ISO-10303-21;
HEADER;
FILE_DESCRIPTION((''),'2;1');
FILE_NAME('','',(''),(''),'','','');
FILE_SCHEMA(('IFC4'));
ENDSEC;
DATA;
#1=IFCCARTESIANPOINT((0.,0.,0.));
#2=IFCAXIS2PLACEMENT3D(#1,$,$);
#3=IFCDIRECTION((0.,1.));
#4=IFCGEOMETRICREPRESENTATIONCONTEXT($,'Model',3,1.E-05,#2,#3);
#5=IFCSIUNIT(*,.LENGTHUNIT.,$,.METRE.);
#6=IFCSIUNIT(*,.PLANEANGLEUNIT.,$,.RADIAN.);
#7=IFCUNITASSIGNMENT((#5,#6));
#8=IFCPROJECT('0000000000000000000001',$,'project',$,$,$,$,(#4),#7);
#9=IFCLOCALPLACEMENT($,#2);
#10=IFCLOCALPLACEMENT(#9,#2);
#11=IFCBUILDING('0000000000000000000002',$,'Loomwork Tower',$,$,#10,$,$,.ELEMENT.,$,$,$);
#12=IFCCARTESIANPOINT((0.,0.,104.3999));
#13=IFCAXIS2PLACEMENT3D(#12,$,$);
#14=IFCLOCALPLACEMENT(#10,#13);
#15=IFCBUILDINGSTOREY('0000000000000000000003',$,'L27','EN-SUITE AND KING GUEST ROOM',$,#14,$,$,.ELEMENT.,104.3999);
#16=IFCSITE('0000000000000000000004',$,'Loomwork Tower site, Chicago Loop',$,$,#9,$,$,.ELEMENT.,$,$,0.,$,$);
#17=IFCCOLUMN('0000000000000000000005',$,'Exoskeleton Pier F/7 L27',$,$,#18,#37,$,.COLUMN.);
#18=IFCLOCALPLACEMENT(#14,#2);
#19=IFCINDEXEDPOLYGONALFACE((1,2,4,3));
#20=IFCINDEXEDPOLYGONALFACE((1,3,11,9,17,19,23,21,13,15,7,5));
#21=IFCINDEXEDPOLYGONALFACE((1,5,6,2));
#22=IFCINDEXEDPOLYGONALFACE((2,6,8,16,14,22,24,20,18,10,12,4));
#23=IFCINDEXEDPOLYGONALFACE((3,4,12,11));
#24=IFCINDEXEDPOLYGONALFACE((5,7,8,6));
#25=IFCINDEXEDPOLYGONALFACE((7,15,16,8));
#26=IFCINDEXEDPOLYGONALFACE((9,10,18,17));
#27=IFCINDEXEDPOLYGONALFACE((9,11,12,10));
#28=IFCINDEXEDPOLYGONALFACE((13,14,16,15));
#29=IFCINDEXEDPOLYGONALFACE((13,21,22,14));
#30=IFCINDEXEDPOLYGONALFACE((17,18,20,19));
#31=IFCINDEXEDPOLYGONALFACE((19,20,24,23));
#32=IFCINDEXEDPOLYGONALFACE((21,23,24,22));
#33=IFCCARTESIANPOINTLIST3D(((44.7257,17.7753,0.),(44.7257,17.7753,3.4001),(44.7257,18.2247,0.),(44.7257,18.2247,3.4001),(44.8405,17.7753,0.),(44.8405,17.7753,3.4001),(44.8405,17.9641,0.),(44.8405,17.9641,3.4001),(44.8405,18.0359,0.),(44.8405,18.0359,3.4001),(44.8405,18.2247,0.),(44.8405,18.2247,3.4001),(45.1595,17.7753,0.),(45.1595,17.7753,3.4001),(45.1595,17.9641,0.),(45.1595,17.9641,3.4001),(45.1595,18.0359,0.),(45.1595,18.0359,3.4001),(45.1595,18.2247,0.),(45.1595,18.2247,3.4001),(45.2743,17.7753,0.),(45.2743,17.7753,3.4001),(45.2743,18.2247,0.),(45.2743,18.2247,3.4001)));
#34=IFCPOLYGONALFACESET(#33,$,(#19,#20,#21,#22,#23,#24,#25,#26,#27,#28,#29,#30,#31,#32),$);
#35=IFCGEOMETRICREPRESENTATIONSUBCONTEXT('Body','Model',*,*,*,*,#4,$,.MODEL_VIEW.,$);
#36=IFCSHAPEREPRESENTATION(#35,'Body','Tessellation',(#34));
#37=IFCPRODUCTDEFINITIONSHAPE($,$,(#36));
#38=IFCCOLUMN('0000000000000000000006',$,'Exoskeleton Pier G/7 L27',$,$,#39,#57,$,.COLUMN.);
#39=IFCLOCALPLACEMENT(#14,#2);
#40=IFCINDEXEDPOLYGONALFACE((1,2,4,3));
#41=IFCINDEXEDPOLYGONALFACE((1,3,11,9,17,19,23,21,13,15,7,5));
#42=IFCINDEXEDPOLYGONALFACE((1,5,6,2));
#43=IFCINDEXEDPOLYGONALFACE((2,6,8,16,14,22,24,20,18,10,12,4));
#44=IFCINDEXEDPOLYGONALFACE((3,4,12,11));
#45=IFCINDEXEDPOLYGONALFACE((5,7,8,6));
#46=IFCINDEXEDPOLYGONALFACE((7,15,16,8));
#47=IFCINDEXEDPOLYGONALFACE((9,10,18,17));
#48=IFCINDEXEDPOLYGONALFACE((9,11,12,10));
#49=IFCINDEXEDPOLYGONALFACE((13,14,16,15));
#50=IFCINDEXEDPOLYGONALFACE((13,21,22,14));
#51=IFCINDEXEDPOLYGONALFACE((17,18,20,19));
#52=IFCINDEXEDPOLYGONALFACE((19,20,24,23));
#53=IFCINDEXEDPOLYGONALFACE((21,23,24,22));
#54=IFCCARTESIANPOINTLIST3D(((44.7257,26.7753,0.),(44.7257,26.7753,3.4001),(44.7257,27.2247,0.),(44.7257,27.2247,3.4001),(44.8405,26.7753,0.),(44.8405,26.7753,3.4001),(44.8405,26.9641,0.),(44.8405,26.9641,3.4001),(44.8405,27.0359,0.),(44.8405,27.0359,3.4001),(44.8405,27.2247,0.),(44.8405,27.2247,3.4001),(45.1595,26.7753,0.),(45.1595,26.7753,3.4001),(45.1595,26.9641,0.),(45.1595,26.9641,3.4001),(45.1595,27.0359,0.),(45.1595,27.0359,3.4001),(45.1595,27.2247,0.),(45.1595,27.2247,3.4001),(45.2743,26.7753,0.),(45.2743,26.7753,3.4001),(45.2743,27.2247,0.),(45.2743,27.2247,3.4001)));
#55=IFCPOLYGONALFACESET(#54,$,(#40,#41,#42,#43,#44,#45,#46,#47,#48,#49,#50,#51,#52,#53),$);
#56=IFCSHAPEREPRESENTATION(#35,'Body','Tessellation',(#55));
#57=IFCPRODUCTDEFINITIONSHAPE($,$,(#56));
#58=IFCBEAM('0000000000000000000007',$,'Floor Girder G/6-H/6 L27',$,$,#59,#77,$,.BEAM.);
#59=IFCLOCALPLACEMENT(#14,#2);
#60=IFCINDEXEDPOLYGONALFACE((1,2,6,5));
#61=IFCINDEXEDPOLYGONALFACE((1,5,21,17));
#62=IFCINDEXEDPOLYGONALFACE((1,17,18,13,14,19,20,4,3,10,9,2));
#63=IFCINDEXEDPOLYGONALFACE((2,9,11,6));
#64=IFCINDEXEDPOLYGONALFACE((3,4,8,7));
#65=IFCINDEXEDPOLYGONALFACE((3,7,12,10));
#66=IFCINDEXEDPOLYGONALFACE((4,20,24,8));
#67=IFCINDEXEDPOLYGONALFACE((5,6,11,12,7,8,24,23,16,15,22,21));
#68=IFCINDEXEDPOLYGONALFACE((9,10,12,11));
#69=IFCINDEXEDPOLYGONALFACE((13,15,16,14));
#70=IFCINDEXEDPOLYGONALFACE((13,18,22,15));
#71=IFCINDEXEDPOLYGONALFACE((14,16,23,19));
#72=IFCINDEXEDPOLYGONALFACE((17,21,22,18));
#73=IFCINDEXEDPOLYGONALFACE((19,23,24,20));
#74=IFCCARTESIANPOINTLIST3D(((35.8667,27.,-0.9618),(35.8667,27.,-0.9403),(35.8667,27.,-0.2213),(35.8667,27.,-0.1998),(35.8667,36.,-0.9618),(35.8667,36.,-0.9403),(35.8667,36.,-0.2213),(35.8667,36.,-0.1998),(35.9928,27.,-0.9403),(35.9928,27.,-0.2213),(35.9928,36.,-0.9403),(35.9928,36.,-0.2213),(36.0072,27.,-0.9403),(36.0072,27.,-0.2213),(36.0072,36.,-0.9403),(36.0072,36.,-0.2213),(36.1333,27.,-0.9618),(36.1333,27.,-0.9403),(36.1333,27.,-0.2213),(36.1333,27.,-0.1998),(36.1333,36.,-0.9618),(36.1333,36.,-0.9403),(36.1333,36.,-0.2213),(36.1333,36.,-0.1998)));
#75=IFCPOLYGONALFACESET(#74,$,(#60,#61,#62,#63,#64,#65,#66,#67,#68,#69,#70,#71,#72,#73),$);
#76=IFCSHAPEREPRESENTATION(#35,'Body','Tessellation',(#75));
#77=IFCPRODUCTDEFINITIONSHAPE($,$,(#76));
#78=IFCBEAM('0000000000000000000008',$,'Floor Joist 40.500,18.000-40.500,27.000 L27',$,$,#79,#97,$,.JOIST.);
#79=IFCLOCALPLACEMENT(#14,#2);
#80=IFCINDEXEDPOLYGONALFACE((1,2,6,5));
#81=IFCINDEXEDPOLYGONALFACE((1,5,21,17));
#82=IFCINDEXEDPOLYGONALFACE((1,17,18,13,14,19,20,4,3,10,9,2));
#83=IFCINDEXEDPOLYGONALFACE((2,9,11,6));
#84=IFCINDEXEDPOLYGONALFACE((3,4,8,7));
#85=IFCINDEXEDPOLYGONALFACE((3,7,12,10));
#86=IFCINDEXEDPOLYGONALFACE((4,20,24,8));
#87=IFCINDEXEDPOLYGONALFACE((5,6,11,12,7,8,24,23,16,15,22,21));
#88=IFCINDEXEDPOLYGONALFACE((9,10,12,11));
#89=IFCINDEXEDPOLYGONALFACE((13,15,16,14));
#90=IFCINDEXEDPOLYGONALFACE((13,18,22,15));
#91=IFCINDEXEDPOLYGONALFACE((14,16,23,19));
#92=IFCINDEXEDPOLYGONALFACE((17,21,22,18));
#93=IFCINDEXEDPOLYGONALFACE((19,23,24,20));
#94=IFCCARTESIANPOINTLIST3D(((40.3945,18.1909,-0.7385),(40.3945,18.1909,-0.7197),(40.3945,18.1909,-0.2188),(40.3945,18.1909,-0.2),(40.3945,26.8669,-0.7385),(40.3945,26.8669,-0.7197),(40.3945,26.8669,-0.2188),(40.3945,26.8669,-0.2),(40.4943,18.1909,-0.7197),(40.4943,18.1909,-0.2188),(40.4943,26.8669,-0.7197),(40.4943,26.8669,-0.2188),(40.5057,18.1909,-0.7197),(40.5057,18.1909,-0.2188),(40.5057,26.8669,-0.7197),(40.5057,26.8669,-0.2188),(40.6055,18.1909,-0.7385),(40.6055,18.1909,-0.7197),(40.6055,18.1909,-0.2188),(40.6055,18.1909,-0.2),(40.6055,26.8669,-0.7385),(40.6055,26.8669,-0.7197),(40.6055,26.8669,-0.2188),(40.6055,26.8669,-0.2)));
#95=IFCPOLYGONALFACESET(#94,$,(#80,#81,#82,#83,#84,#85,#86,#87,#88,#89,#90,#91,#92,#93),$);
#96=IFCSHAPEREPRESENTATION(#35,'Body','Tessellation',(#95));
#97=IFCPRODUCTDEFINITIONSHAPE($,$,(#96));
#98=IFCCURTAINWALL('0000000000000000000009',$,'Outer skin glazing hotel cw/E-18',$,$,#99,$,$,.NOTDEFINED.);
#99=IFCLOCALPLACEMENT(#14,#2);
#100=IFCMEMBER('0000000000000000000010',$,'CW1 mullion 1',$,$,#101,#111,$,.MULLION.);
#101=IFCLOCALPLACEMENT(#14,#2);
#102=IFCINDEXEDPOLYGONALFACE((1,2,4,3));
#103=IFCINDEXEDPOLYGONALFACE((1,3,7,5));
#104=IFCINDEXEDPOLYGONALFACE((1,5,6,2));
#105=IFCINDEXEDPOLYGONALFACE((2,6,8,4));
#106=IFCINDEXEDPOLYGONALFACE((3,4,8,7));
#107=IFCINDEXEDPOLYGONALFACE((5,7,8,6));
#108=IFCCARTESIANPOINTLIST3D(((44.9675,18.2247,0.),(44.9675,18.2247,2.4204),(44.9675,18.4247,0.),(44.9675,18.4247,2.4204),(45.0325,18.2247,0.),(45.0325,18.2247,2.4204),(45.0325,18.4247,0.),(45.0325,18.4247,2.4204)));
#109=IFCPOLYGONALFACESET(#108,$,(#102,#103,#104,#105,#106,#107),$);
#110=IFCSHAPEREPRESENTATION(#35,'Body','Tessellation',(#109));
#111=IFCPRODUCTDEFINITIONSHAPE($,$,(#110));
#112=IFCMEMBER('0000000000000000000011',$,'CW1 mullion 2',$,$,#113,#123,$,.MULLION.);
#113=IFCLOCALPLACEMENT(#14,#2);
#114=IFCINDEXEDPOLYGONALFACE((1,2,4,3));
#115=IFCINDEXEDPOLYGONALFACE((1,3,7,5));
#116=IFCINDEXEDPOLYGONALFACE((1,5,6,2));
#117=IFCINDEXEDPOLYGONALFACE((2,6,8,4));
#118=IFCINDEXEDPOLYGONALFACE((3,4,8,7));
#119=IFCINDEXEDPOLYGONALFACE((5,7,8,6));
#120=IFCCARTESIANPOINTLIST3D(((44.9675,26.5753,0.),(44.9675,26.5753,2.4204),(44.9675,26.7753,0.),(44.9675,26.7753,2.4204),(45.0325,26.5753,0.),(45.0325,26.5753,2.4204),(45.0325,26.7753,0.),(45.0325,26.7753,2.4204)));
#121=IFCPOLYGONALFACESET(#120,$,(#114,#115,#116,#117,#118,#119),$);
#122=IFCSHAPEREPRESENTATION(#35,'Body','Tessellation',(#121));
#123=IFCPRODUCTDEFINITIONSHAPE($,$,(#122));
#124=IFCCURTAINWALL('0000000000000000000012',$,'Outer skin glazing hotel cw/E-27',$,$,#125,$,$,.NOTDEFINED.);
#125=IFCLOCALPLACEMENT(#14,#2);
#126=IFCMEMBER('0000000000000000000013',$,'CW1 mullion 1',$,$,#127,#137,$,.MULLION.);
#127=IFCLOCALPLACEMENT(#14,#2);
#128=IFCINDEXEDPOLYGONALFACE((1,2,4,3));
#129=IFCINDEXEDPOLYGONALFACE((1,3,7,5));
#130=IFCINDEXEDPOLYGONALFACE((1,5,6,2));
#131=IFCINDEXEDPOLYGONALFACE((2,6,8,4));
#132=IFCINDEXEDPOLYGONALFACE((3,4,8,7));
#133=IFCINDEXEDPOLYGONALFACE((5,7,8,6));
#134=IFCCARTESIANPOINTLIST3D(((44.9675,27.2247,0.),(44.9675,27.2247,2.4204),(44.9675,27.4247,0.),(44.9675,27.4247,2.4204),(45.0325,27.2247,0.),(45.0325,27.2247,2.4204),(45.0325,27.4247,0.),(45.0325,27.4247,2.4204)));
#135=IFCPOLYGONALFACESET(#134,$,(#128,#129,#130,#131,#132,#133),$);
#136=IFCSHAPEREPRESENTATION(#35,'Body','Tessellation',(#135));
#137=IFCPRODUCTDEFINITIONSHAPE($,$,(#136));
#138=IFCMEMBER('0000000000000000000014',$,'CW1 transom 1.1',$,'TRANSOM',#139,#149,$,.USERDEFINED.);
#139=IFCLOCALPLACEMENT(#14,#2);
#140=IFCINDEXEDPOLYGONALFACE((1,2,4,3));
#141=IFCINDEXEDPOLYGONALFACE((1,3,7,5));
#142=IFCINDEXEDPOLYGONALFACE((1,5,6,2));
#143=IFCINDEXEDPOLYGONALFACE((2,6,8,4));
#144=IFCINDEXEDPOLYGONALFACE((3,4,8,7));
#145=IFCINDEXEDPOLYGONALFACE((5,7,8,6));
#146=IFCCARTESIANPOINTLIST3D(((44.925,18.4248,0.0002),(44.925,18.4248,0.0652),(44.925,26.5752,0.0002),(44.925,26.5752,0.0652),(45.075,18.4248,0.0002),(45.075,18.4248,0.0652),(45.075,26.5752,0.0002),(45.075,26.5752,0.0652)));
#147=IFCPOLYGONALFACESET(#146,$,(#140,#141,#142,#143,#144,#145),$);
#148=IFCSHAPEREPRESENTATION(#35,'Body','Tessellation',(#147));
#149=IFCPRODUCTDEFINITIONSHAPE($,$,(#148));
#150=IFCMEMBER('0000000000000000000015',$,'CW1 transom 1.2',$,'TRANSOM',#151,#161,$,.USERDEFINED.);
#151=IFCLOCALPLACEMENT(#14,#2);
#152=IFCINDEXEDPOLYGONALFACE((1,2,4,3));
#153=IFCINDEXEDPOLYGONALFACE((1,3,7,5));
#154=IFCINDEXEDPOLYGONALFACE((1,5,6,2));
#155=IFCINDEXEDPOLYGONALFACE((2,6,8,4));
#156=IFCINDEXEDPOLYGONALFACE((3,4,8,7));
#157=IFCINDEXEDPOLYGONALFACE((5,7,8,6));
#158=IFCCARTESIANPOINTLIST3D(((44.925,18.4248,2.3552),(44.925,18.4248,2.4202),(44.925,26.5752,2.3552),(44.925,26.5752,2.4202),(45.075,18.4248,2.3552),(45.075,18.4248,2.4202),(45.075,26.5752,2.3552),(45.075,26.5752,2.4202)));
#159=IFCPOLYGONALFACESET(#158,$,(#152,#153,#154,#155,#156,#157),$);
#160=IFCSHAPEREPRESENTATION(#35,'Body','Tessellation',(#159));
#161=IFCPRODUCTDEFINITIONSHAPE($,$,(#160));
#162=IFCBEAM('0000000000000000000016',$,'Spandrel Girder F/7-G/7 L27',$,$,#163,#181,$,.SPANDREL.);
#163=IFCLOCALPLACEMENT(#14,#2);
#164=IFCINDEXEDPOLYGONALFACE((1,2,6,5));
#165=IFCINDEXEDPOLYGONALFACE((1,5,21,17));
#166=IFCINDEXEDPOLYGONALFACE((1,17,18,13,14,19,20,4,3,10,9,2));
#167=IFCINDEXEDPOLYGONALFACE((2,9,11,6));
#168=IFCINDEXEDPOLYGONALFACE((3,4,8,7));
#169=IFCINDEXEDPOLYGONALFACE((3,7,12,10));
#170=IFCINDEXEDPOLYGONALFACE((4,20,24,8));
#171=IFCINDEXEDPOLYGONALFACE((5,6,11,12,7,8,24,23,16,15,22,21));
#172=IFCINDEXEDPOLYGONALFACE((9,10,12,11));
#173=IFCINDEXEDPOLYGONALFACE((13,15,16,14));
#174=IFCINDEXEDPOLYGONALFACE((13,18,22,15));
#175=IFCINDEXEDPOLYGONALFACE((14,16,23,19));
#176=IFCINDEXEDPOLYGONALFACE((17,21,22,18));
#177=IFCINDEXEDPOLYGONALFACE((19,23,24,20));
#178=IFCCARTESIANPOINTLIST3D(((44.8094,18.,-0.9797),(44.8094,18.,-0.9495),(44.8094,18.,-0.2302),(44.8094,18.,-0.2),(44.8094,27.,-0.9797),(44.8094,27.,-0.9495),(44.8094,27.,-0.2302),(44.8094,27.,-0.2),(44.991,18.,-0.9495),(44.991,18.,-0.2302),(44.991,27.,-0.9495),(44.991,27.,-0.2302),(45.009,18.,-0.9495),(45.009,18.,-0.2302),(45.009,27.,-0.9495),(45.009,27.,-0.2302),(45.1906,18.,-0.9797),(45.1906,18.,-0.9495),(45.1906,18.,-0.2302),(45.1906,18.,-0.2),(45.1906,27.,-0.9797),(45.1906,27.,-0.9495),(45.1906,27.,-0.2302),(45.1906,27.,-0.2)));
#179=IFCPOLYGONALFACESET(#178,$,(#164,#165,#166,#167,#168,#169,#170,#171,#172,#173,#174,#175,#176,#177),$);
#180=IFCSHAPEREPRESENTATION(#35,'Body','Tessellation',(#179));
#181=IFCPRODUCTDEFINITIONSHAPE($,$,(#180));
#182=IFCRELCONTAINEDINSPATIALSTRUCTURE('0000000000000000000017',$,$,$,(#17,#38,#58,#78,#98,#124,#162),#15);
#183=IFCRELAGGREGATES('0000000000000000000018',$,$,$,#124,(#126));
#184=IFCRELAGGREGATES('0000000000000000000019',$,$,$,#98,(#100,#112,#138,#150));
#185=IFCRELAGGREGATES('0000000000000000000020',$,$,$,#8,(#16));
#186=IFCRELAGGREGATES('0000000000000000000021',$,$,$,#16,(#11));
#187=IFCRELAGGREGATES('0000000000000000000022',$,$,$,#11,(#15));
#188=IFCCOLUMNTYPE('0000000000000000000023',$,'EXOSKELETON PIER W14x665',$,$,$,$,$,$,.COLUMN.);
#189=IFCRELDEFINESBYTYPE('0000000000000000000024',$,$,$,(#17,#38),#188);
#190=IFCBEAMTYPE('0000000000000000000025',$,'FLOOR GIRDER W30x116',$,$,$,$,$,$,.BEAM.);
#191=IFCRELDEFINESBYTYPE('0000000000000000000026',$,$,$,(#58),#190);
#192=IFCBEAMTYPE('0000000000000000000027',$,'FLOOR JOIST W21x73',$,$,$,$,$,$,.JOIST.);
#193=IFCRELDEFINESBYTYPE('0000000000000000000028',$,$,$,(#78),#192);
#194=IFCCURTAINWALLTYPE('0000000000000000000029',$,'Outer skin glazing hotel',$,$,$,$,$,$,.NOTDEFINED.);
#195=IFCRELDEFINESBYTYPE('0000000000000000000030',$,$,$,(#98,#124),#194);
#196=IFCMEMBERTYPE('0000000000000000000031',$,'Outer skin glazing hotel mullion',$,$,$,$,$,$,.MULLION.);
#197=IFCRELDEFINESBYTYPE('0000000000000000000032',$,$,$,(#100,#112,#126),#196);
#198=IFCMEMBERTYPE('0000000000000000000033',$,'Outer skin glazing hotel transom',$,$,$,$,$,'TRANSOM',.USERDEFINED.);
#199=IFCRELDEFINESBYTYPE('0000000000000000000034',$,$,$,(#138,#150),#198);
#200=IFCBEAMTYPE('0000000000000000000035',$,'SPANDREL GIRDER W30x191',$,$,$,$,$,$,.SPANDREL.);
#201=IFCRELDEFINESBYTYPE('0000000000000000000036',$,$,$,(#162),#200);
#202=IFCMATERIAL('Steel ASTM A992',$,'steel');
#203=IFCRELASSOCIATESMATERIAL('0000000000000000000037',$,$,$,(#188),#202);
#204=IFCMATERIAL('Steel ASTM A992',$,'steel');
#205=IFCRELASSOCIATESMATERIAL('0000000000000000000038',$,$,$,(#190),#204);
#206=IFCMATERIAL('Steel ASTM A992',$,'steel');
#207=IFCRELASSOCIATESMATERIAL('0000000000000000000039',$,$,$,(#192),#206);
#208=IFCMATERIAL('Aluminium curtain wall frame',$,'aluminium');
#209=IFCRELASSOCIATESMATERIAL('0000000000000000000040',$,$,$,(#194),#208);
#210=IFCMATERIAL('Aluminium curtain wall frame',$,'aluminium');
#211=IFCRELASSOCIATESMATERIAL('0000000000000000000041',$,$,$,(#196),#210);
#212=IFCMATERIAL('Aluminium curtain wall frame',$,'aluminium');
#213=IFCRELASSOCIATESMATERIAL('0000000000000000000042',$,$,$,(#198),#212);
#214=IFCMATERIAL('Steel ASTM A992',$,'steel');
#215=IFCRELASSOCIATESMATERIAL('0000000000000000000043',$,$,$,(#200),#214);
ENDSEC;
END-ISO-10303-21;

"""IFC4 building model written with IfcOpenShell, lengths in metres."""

from ifc_helpers import new_model, si_unit, direction, frame, origin, origin_2d, place, context, subcontext, project, spatial, rectangle, i_section, extrude, material, material_profile, profile_set, type_object, element, aggregate, save


model = new_model("IFC4")

# Units and contexts
model_context = context("Model", 3, precision=1e-05, world=origin(), true_north=direction((0.0, 1.0)))
body_context = subcontext(model_context, "Body", "Model", "MODEL_VIEW")
ifc_project = project(units=[si_unit("LENGTHUNIT", "METRE"), si_unit("PLANEANGLEUNIT", "RADIAN")], contexts=[model_context])

# Site, building, storey
site_placement = place(None, origin())
site = spatial("IfcSite", under=ifc_project, at=site_placement, Name="Loomwork Tower site, Chicago Loop", CompositionType="ELEMENT", RefElevation=0.0)
building_placement = place(site_placement, origin())
building = spatial("IfcBuilding", under=site, at=building_placement, Name="Loomwork Tower", CompositionType="ELEMENT")
storey_placement = place(building_placement, frame((0.0, 0.0, 104.3999)))
storey = spatial("IfcBuildingStorey", under=building, at=storey_placement, Name="L27", Description="EN-SUITE AND KING GUEST ROOM", CompositionType="ELEMENT", Elevation=104.3999)

# Columns
ifc_material_1 = material(Name="Steel ASTM A992", Category="steel")
ifc_material_profile_1 = material_profile(ifc_material_1, i_section(OverallWidth=0.4495, OverallDepth=0.5486, WebThickness=0.0718, FlangeThickness=0.1147, at=origin_2d()), Name="W14x665")
ifc_profile_set_1 = profile_set([ifc_material_profile_1], Name="Steel ASTM A992")
column_type = type_object("IfcColumnType", Name="EXOSKELETON PIER W14x665", PredefinedType="COLUMN", material=ifc_profile_set_1)
for number, where, z_axis, x_axis, name in (
    (1, (45.0, 18.0, 0.0), (0.0, 0.0, 1.0), (0.0, 1.0, 0.0), "Exoskeleton Pier F/7 L27"),
    (2, (45.0, 27.0, 0.0), (0.0, 0.0, 1.0), (0.0, 1.0, 0.0), "Exoskeleton Pier G/7 L27"),
):
    element("IfcColumn", number, at=place(storey_placement, frame(where, z_axis=z_axis, x_axis=x_axis)), inside=storey, type_object=column_type, Name=name, PredefinedType="COLUMN", context=body_context, shape_type="SweptSolid", body=[
        extrude(i_section(OverallWidth=0.4495, OverallDepth=0.5486, WebThickness=0.0718, FlangeThickness=0.1147, at=origin_2d()), origin(), (0.0, 0.0, 1.0), 3.4001),
    ])

# Beams
ifc_material_2 = material(Name="Steel ASTM A992", Category="steel")
ifc_material_profile_2 = material_profile(ifc_material_2, i_section(OverallWidth=0.2666, OverallDepth=0.762, WebThickness=0.0144, FlangeThickness=0.0215, at=origin_2d()), Name="W30x116")
ifc_profile_set_2 = profile_set([ifc_material_profile_2], Name="Steel ASTM A992")
beam_type_1 = type_object("IfcBeamType", Name="FLOOR GIRDER W30x116", PredefinedType="BEAM", material=ifc_profile_set_2)
beam_1_placement = place(storey_placement, frame((36.0, 27.0, -0.5808), z_axis=(0.0, 1.0, 0.0), x_axis=(-1.0, 0.0, 0.0)))
element("IfcBeam", 3, at=beam_1_placement, inside=storey, type_object=beam_type_1, Name="Floor Girder G/6-H/6 L27", PredefinedType="BEAM", context=body_context, shape_type="SweptSolid", body=[
    extrude(i_section(OverallWidth=0.2666, OverallDepth=0.762, WebThickness=0.0144, FlangeThickness=0.0215, at=origin_2d()), origin(), (0.0, 0.0, 1.0), 9.0),
])
ifc_material_3 = material(Name="Steel ASTM A992", Category="steel")
ifc_material_profile_3 = material_profile(ifc_material_3, i_section(OverallWidth=0.2109, OverallDepth=0.5386, WebThickness=0.0115, FlangeThickness=0.0188, at=origin_2d()), Name="W21x73")
ifc_profile_set_3 = profile_set([ifc_material_profile_3], Name="Steel ASTM A992")
beam_type_2 = type_object("IfcBeamType", Name="FLOOR JOIST W21x73", PredefinedType="JOIST", material=ifc_profile_set_3)
beam_2_placement = place(storey_placement, frame((40.5, 18.1909, -0.4692), z_axis=(0.0, 1.0, 0.0), x_axis=(-1.0, 0.0, 0.0)))
element("IfcBeam", 4, at=beam_2_placement, inside=storey, type_object=beam_type_2, Name="Floor Joist 40.500,18.000-40.500,27.000 L27", PredefinedType="JOIST", context=body_context, shape_type="SweptSolid", body=[
    extrude(i_section(OverallWidth=0.2109, OverallDepth=0.5386, WebThickness=0.0115, FlangeThickness=0.0188, at=origin_2d()), origin(), (0.0, 0.0, 1.0), 8.676),
])

# Curtain wall, members
ifc_material_4 = material(Name="Aluminium curtain wall frame", Category="aluminium")
curtain_wall_type = type_object("IfcCurtainWallType", Name="Outer skin glazing hotel", PredefinedType="NOTDEFINED", material=ifc_material_4)
curtain_wall_1_placement = place(storey_placement, origin())
curtain_wall_1 = element("IfcCurtainWall", 5, at=curtain_wall_1_placement, inside=storey, type_object=curtain_wall_type, Name="Outer skin glazing hotel cw/E-18", PredefinedType="NOTDEFINED")
ifc_material_5 = material(Name="Aluminium curtain wall frame", Category="aluminium")
ifc_material_profile_4 = material_profile(ifc_material_5, rectangle(XDim=0.0649, YDim=0.2, at=origin_2d()), Name="AL 65x200")
ifc_profile_set_4 = profile_set([ifc_material_profile_4], Name="Aluminium curtain wall frame")
member_type_1 = type_object("IfcMemberType", Name="Outer skin glazing hotel mullion", PredefinedType="MULLION", material=ifc_profile_set_4)
member_1_placement = place(storey_placement, frame((45.0, 18.3247, 0.0), z_axis=(0.0, 0.0, 1.0), x_axis=(-1.0, 0.0, 0.0)))
member_1 = element("IfcMember", 6, at=member_1_placement, type_object=member_type_1, Name="CW1 mullion 1", PredefinedType="MULLION", context=body_context, shape_type="SweptSolid", body=[
    extrude(rectangle(XDim=0.0649, YDim=0.2, at=origin_2d()), origin(), (0.0, 0.0, 1.0), 2.4204),
])
member_2_placement = place(storey_placement, frame((45.0, 26.6753, 0.0), z_axis=(0.0, 0.0, 1.0), x_axis=(-1.0, 0.0, 0.0)))
member_2 = element("IfcMember", 7, at=member_2_placement, type_object=member_type_1, Name="CW1 mullion 2", PredefinedType="MULLION", context=body_context, shape_type="SweptSolid", body=[
    extrude(rectangle(XDim=0.0649, YDim=0.2, at=origin_2d()), origin(), (0.0, 0.0, 1.0), 2.4204),
])

# Curtain wall, member
curtain_wall_2_placement = place(storey_placement, origin())
curtain_wall_2 = element("IfcCurtainWall", 8, at=curtain_wall_2_placement, inside=storey, type_object=curtain_wall_type, Name="Outer skin glazing hotel cw/E-27", PredefinedType="NOTDEFINED")
member_3_placement = place(storey_placement, frame((45.0, 27.3247, 0.0), z_axis=(0.0, 0.0, 1.0), x_axis=(-1.0, 0.0, 0.0)))
member_3 = element("IfcMember", 9, at=member_3_placement, type_object=member_type_1, Name="CW1 mullion 1", PredefinedType="MULLION", context=body_context, shape_type="SweptSolid", body=[
    extrude(rectangle(XDim=0.0649, YDim=0.2, at=origin_2d()), origin(), (0.0, 0.0, 1.0), 2.4204),
])
aggregate(curtain_wall_2, [member_3])

# Members
ifc_material_6 = material(Name="Aluminium curtain wall frame", Category="aluminium")
ifc_material_profile_5 = material_profile(ifc_material_6, rectangle(XDim=0.1499, YDim=0.0649, at=origin_2d()), Name="AL 65x150")
ifc_profile_set_5 = profile_set([ifc_material_profile_5], Name="Aluminium curtain wall frame")
member_type_2 = type_object("IfcMemberType", Name="Outer skin glazing hotel transom", ElementType="TRANSOM", PredefinedType="USERDEFINED", material=ifc_profile_set_5)
member_4_placement = place(storey_placement, frame((45.0, 18.4248, 0.0327), z_axis=(0.0, 1.0, 0.0), x_axis=(-1.0, 0.0, 0.0)))
member_4 = element("IfcMember", 10, at=member_4_placement, type_object=member_type_2, Name="CW1 transom 1.1", ObjectType="TRANSOM", PredefinedType="USERDEFINED", context=body_context, shape_type="SweptSolid", body=[
    extrude(rectangle(XDim=0.1499, YDim=0.0649, at=origin_2d()), origin(), (0.0, 0.0, 1.0), 8.1504),
])
member_5_placement = place(storey_placement, frame((45.0, 18.4248, 2.3877), z_axis=(0.0, 1.0, 0.0), x_axis=(-1.0, 0.0, 0.0)))
member_5 = element("IfcMember", 11, at=member_5_placement, type_object=member_type_2, Name="CW1 transom 1.2", ObjectType="TRANSOM", PredefinedType="USERDEFINED", context=body_context, shape_type="SweptSolid", body=[
    extrude(rectangle(XDim=0.1499, YDim=0.0649, at=origin_2d()), origin(), (0.0, 0.0, 1.0), 8.1504),
])

# Beam
ifc_material_7 = material(Name="Steel ASTM A992", Category="steel")
ifc_material_profile_6 = material_profile(ifc_material_7, i_section(OverallWidth=0.3811, OverallDepth=0.7798, WebThickness=0.0181, FlangeThickness=0.0303, at=origin_2d()), Name="W30x191")
ifc_profile_set_6 = profile_set([ifc_material_profile_6], Name="Steel ASTM A992")
beam_type_3 = type_object("IfcBeamType", Name="SPANDREL GIRDER W30x191", PredefinedType="SPANDREL", material=ifc_profile_set_6)
for number, where, z_axis, x_axis, name in (
    (12, (45.0, 18.0, -0.5898), (0.0, 1.0, 0.0), (-1.0, 0.0, 0.0), "Spandrel Girder F/7-G/7 L27"),
):
    element("IfcBeam", number, at=place(storey_placement, frame(where, z_axis=z_axis, x_axis=x_axis)), inside=storey, type_object=beam_type_3, Name=name, PredefinedType="SPANDREL", context=body_context, shape_type="SweptSolid", body=[
        extrude(i_section(OverallWidth=0.3811, OverallDepth=0.7798, WebThickness=0.0181, FlangeThickness=0.0303, at=origin_2d()), origin(), (0.0, 0.0, 1.0), 9.0),
    ])

aggregate(curtain_wall_1, [member_1, member_2, member_4, member_5])

save(model, "model.ifc")
